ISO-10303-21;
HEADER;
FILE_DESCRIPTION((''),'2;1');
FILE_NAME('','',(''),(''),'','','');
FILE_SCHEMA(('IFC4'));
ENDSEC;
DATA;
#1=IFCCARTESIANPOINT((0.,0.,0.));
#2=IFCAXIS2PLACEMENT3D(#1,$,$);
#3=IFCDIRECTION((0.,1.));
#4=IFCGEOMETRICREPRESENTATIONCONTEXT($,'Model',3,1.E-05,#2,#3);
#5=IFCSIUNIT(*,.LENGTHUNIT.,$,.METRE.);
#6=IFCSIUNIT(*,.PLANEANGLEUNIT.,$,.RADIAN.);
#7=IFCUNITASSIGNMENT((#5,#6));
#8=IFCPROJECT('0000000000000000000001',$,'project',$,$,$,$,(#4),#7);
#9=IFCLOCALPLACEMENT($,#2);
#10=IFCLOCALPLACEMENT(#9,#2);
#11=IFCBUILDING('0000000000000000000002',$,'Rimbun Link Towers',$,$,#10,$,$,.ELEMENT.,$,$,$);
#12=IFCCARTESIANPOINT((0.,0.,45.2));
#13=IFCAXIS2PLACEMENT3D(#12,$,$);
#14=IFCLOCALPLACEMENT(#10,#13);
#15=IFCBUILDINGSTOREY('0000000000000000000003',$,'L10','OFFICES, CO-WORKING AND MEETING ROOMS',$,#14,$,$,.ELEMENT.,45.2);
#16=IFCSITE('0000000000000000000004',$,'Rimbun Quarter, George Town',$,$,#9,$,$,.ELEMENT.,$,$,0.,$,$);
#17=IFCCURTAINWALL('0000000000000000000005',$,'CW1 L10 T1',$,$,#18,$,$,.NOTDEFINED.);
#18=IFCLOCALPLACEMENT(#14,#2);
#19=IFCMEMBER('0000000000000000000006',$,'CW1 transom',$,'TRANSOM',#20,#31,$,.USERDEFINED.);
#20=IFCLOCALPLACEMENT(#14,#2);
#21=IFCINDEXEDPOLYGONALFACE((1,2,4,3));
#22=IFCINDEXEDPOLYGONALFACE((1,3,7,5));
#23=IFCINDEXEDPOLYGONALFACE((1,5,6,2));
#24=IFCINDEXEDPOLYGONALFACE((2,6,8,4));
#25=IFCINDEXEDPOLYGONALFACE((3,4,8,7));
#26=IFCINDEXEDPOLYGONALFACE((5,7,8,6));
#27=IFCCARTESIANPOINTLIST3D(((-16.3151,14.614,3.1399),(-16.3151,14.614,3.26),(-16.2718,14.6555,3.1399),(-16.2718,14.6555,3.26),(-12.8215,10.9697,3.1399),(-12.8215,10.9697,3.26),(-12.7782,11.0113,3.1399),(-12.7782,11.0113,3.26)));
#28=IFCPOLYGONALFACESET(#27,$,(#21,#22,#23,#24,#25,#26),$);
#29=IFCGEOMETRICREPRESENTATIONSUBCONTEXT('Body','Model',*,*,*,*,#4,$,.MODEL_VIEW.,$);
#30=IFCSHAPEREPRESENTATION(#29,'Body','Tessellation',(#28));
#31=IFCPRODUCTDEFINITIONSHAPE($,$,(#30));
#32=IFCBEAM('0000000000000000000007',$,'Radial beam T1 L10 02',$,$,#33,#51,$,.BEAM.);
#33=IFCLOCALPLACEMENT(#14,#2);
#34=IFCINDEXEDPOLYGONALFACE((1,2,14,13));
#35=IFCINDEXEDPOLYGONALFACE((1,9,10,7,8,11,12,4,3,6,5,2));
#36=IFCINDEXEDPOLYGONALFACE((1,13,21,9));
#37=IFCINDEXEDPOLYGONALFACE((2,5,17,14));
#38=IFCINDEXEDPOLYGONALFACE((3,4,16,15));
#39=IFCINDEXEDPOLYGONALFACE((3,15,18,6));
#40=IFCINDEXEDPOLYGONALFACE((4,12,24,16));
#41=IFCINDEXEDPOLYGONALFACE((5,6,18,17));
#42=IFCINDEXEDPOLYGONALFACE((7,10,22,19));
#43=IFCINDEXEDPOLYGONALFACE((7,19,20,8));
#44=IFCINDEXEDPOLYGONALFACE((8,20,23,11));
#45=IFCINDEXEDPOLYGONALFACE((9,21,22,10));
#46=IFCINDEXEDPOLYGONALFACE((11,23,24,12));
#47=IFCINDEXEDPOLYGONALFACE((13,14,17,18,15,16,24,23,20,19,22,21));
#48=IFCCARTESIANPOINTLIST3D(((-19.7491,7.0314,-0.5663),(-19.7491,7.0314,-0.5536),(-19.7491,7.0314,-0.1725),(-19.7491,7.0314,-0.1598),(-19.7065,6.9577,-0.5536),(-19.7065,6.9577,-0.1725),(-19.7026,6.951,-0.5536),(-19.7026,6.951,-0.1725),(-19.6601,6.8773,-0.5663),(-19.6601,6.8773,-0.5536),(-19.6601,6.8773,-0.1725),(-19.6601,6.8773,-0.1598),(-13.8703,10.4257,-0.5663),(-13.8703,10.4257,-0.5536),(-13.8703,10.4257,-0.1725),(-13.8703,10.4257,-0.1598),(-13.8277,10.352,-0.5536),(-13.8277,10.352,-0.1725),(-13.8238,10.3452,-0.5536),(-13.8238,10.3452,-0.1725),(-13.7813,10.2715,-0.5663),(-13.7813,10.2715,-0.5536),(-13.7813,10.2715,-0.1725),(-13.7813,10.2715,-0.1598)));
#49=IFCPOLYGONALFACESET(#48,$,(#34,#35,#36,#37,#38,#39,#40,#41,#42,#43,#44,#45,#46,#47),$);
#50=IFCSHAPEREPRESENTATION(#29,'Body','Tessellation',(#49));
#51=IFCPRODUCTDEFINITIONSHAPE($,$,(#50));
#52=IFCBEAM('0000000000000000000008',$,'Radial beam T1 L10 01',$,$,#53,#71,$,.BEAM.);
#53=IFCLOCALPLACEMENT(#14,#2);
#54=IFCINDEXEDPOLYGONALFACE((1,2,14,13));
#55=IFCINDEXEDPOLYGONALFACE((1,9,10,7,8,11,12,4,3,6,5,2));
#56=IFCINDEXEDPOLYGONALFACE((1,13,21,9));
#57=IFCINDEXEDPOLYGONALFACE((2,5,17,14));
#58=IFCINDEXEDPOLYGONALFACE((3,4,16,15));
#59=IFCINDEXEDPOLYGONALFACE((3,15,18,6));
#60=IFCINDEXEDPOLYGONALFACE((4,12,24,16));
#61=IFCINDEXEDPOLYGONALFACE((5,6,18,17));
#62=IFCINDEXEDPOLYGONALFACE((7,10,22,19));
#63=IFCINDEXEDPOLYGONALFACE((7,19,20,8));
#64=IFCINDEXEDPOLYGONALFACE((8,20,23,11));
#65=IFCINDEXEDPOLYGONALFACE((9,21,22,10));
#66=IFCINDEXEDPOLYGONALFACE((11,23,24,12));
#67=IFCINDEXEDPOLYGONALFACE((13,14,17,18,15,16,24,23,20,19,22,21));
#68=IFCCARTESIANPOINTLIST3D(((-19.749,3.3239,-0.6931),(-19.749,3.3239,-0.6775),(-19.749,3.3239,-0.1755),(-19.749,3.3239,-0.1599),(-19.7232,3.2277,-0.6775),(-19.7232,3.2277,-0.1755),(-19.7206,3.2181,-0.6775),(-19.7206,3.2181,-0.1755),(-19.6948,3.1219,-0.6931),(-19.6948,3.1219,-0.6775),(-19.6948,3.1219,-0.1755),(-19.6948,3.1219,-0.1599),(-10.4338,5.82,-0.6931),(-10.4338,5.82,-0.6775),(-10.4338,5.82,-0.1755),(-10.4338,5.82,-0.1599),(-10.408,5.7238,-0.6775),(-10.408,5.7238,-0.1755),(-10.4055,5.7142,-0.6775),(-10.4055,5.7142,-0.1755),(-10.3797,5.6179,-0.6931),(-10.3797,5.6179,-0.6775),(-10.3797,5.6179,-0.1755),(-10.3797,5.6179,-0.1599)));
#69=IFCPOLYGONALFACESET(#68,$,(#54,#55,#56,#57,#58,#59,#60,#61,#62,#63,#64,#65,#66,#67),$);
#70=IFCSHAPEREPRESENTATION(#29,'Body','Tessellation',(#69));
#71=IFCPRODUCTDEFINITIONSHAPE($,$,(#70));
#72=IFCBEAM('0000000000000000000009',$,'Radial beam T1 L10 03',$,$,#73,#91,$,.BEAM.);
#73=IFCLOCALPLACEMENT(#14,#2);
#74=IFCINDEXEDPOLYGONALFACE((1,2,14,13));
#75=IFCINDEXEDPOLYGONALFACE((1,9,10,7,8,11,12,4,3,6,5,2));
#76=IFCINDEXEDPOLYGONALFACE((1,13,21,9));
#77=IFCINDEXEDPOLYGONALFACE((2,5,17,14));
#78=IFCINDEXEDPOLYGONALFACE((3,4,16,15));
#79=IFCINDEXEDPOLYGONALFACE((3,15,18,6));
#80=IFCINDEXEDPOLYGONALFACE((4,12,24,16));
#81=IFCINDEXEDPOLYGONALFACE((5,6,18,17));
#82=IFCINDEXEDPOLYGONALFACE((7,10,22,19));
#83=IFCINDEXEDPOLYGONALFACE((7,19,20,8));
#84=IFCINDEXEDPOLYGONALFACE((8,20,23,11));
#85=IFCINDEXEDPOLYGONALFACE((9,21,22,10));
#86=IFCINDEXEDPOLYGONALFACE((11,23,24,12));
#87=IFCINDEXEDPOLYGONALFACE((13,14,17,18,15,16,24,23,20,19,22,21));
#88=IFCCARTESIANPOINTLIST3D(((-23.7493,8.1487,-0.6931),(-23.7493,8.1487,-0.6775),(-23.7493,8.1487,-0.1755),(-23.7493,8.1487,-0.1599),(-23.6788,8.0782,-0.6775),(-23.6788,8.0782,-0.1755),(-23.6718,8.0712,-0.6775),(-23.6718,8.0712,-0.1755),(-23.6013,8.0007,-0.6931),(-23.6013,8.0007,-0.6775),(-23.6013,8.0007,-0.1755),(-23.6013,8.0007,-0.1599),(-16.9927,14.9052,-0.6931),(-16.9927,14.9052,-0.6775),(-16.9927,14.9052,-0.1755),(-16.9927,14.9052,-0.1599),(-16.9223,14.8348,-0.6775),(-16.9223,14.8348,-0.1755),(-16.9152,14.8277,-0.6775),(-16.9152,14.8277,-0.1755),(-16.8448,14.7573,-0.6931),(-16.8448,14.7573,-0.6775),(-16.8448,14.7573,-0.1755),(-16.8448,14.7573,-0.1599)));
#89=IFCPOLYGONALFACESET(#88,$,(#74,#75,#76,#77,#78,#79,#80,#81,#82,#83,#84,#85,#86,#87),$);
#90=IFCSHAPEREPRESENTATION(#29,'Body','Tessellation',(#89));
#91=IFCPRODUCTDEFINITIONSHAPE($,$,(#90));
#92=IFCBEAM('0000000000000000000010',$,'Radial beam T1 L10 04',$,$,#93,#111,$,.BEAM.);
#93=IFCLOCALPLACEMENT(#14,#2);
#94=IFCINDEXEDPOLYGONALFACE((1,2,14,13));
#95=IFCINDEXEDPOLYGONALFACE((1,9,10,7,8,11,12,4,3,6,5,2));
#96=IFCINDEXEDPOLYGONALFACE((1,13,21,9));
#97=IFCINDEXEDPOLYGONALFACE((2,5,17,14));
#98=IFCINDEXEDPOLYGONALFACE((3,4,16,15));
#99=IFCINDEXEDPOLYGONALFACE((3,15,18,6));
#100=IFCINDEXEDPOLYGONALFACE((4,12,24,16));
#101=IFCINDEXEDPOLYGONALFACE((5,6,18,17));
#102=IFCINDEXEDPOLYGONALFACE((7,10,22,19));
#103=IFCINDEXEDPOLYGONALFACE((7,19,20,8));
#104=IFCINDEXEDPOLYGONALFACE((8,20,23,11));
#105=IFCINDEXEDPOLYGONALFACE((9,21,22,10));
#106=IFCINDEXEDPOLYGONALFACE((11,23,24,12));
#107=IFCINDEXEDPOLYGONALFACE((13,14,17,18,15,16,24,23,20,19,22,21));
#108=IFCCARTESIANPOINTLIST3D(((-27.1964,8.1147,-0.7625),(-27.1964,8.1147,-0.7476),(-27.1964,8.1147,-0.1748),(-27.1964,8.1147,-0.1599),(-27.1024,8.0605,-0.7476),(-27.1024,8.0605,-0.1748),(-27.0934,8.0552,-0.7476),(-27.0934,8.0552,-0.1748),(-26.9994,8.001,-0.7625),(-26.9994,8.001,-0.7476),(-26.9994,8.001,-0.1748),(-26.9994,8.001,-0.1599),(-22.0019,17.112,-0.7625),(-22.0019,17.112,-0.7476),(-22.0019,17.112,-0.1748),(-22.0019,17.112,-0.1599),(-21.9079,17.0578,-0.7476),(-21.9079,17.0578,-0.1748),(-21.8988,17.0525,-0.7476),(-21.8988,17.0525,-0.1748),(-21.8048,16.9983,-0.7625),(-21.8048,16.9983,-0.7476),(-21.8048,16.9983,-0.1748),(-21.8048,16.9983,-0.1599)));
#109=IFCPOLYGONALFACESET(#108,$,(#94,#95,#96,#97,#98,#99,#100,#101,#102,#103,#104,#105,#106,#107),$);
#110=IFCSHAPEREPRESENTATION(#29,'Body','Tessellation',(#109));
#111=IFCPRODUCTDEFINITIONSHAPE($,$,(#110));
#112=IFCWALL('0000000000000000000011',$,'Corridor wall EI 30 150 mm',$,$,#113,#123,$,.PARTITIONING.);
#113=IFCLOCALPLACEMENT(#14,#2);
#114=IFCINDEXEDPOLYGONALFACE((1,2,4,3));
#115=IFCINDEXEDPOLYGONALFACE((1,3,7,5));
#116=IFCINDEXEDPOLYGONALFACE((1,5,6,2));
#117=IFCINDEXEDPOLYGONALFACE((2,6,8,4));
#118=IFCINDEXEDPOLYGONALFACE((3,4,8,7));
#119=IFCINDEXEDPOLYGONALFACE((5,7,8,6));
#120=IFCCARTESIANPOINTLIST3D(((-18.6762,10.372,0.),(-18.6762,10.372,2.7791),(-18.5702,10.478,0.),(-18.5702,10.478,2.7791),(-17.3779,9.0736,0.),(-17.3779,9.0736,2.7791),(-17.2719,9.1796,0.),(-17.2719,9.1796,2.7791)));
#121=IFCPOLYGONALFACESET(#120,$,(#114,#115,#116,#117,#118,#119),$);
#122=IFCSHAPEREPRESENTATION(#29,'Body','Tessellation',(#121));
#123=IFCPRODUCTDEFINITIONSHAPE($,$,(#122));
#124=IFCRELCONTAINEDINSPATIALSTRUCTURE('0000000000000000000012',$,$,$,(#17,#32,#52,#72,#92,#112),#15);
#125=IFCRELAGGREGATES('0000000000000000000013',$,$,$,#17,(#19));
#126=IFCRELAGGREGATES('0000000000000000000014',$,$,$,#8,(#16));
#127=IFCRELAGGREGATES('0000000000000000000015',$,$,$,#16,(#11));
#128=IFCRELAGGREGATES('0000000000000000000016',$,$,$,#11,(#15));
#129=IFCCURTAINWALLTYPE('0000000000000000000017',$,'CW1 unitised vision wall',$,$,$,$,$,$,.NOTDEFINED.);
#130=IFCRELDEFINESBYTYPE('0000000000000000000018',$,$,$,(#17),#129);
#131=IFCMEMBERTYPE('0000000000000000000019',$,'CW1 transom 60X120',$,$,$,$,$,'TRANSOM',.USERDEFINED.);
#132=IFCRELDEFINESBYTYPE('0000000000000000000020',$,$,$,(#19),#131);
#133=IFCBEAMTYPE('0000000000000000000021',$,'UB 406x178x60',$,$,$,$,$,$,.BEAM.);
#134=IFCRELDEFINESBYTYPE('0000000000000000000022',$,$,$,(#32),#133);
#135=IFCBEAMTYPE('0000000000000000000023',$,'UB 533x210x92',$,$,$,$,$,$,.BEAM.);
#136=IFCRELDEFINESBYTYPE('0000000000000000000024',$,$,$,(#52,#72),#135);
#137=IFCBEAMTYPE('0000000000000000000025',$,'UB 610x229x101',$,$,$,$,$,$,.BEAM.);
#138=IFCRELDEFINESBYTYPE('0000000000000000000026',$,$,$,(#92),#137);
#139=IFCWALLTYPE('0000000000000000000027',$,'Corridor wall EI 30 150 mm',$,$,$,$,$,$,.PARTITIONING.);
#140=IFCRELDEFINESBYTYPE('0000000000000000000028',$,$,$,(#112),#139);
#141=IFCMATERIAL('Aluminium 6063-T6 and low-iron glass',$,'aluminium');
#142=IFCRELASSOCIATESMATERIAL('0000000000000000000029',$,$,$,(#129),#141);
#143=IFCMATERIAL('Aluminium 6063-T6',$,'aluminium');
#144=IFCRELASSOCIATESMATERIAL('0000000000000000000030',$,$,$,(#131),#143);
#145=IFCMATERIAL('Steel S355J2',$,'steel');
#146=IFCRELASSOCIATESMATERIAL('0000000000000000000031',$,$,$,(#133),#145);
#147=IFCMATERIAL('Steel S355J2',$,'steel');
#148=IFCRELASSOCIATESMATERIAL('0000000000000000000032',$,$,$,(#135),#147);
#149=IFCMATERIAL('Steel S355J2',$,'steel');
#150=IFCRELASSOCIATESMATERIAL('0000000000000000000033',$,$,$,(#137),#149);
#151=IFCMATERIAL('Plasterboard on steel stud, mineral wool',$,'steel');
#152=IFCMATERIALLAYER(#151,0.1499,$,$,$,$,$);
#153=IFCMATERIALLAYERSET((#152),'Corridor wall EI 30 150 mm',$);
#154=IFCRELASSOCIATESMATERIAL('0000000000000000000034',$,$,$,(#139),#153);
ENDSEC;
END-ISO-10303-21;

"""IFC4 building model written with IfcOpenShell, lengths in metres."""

from ifc_helpers import new_model, si_unit, direction, frame, frame_2d, origin, origin_2d, place, context, subcontext, project, spatial, rectangle, i_section, extrude, material, layer, layer_set, material_profile, profile_set, type_object, element, aggregate, save


model = new_model("IFC4")

# Units and contexts
model_context = context("Model", 3, precision=1e-05, world=origin(), true_north=direction((0.0, 1.0)))
body_context = subcontext(model_context, "Body", "Model", "MODEL_VIEW")
ifc_project = project(units=[si_unit("LENGTHUNIT", "METRE"), si_unit("PLANEANGLEUNIT", "RADIAN")], contexts=[model_context])

# Site, building, storey
site_placement = place(None, origin())
site = spatial("IfcSite", under=ifc_project, at=site_placement, Name="Rimbun Quarter, George Town", CompositionType="ELEMENT", RefElevation=0.0)
building_placement = place(site_placement, origin())
building = spatial("IfcBuilding", under=site, at=building_placement, Name="Rimbun Link Towers", CompositionType="ELEMENT")
storey_placement = place(building_placement, frame((0.0, 0.0, 45.2)))
storey = spatial("IfcBuildingStorey", under=building, at=storey_placement, Name="L10", Description="OFFICES, CO-WORKING AND MEETING ROOMS", CompositionType="ELEMENT", Elevation=45.2)

# Curtain wall, member
ifc_material_1 = material(Name="Aluminium 6063-T6 and low-iron glass", Category="aluminium")
curtain_wall_type = type_object("IfcCurtainWallType", Name="CW1 unitised vision wall", PredefinedType="NOTDEFINED", material=ifc_material_1)
curtain_wall_placement = place(storey_placement, origin())
curtain_wall = element("IfcCurtainWall", 1, at=curtain_wall_placement, inside=storey, type_object=curtain_wall_type, Name="CW1 L10 T1", PredefinedType="NOTDEFINED")
ifc_material_2 = material(Name="Aluminium 6063-T6", Category="aluminium")
ifc_material_profile_1 = material_profile(ifc_material_2, rectangle(XDim=0.0601, YDim=0.1201, at=origin_2d()), Name="TRANSOM 60X120")
ifc_profile_set_1 = profile_set([ifc_material_profile_1], Name="Aluminium 6063-T6")
member_type = type_object("IfcMemberType", Name="CW1 transom 60X120", ElementType="TRANSOM", PredefinedType="USERDEFINED", material=ifc_profile_set_1)
member_placement = place(storey_placement, frame((-16.2935, 14.6348, 3.2), z_axis=(0.69203, -0.721868, 0.0), x_axis=(0.721868, 0.69203, 0.0)))
member = element("IfcMember", 2, at=member_placement, type_object=member_type, Name="CW1 transom", ObjectType="TRANSOM", PredefinedType="USERDEFINED", context=body_context, shape_type="SweptSolid", body=[
    extrude(rectangle(XDim=0.0601, YDim=0.1201, at=origin_2d()), origin(), (0.0, 0.0, 1.0), 5.0483),
])
aggregate(curtain_wall, [member])

# Beams
ifc_material_3 = material(Name="Steel S355J2", Category="steel")
ifc_material_profile_2 = material_profile(ifc_material_3, i_section(OverallWidth=0.178, OverallDepth=0.4065, WebThickness=0.0078, FlangeThickness=0.0127, at=origin_2d()), Name="UB 406x178x60")
ifc_profile_set_2 = profile_set([ifc_material_profile_2], Name="Steel S355J2")
beam_type_1 = type_object("IfcBeamType", Name="UB 406x178x60", PredefinedType="BEAM", material=ifc_profile_set_2)
beam_1_placement = place(storey_placement, frame((-19.7046, 6.9543, -0.363), z_axis=(0.866019, 0.500011, 0.0), x_axis=(-0.500011, 0.866019, 0.0)))
element("IfcBeam", 3, at=beam_1_placement, inside=storey, type_object=beam_type_1, Name="Radial beam T1 L10 02", PredefinedType="BEAM", context=body_context, shape_type="SweptSolid", body=[
    extrude(i_section(OverallWidth=0.178, OverallDepth=0.4065, WebThickness=0.0078, FlangeThickness=0.0127, at=origin_2d()), origin(), (0.0, 0.0, 1.0), 6.7883),
])
ifc_material_4 = material(Name="Steel S355J2", Category="steel")
ifc_material_profile_3 = material_profile(ifc_material_4, i_section(OverallWidth=0.2092, OverallDepth=0.5332, WebThickness=0.01, FlangeThickness=0.0156, at=origin_2d()), Name="UB 533x210x92")
ifc_profile_set_3 = profile_set([ifc_material_profile_3], Name="Steel S355J2")
beam_type_2 = type_object("IfcBeamType", Name="UB 533x210x92", PredefinedType="BEAM", material=ifc_profile_set_3)
beam_2_placement = place(storey_placement, frame((-19.7219, 3.2229, -0.4265), z_axis=(0.965923, 0.258828, 0.0), x_axis=(-0.258828, 0.965923, 0.0)))
element("IfcBeam", 4, at=beam_2_placement, inside=storey, type_object=beam_type_2, Name="Radial beam T1 L10 01", PredefinedType="BEAM", context=body_context, shape_type="SweptSolid", body=[
    extrude(i_section(OverallWidth=0.2092, OverallDepth=0.5332, WebThickness=0.01, FlangeThickness=0.0156, at=origin_2d()), origin(), (0.0, 0.0, 1.0), 9.6438),
])
beam_3_placement = place(storey_placement, frame((-23.6753, 8.0747, -0.4265), z_axis=(0.707107, 0.707107, 0.0), x_axis=(-0.707107, 0.707107, 0.0)))
element("IfcBeam", 5, at=beam_3_placement, inside=storey, type_object=beam_type_2, Name="Radial beam T1 L10 03", PredefinedType="BEAM", context=body_context, shape_type="SweptSolid", body=[
    extrude(i_section(OverallWidth=0.2092, OverallDepth=0.5332, WebThickness=0.01, FlangeThickness=0.0156, at=origin_2d()), origin(), (0.0, 0.0, 1.0), 9.5552),
])
ifc_material_5 = material(Name="Steel S355J2", Category="steel")
ifc_material_profile_4 = material_profile(ifc_material_5, i_section(OverallWidth=0.2275, OverallDepth=0.6025, WebThickness=0.0105, FlangeThickness=0.0149, at=origin_2d()), Name="UB 610x229x101")
ifc_profile_set_4 = profile_set([ifc_material_profile_4], Name="Steel S355J2")
beam_type_3 = type_object("IfcBeamType", Name="UB 610x229x101", PredefinedType="BEAM", material=ifc_profile_set_4)
beam_4_placement = place(storey_placement, frame((-27.0979, 8.0579, -0.4612), z_axis=(0.499998, 0.866026, 0.0), x_axis=(-0.866026, 0.499998, 0.0)))
element("IfcBeam", 6, at=beam_4_placement, inside=storey, type_object=beam_type_3, Name="Radial beam T1 L10 04", PredefinedType="BEAM", context=body_context, shape_type="SweptSolid", body=[
    extrude(i_section(OverallWidth=0.2275, OverallDepth=0.6025, WebThickness=0.0105, FlangeThickness=0.0149, at=origin_2d()), origin(), (0.0, 0.0, 1.0), 10.3892),
])

# Wall
ifc_material_6 = material(Name="Plasterboard on steel stud, mineral wool", Category="steel")
ifc_layer_1 = layer(ifc_material_6, 0.1499)
ifc_layer_set_1 = layer_set([ifc_layer_1], Name="Corridor wall EI 30 150 mm")
wall_type_1 = type_object("IfcWallType", Name="Corridor wall EI 30 150 mm", PredefinedType="PARTITIONING", material=ifc_layer_set_1)
wall_1_placement = place(storey_placement, frame((-17.325, 9.1267, 0.0), z_axis=(0.0, 0.0, 1.0), x_axis=(-0.707107, 0.707107, 0.0)))
element("IfcWall", 7, at=wall_1_placement, inside=storey, type_object=wall_type_1, Name="Corridor wall EI 30 150 mm", PredefinedType="PARTITIONING", context=body_context, shape_type="SweptSolid", body=[
    extrude(rectangle(XDim=1.8362, YDim=0.1499, at=frame_2d((0.918, 0.0))), origin(), (0.0, 0.0, 1.0), 2.7791),
])

save(model, "model.ifc")
